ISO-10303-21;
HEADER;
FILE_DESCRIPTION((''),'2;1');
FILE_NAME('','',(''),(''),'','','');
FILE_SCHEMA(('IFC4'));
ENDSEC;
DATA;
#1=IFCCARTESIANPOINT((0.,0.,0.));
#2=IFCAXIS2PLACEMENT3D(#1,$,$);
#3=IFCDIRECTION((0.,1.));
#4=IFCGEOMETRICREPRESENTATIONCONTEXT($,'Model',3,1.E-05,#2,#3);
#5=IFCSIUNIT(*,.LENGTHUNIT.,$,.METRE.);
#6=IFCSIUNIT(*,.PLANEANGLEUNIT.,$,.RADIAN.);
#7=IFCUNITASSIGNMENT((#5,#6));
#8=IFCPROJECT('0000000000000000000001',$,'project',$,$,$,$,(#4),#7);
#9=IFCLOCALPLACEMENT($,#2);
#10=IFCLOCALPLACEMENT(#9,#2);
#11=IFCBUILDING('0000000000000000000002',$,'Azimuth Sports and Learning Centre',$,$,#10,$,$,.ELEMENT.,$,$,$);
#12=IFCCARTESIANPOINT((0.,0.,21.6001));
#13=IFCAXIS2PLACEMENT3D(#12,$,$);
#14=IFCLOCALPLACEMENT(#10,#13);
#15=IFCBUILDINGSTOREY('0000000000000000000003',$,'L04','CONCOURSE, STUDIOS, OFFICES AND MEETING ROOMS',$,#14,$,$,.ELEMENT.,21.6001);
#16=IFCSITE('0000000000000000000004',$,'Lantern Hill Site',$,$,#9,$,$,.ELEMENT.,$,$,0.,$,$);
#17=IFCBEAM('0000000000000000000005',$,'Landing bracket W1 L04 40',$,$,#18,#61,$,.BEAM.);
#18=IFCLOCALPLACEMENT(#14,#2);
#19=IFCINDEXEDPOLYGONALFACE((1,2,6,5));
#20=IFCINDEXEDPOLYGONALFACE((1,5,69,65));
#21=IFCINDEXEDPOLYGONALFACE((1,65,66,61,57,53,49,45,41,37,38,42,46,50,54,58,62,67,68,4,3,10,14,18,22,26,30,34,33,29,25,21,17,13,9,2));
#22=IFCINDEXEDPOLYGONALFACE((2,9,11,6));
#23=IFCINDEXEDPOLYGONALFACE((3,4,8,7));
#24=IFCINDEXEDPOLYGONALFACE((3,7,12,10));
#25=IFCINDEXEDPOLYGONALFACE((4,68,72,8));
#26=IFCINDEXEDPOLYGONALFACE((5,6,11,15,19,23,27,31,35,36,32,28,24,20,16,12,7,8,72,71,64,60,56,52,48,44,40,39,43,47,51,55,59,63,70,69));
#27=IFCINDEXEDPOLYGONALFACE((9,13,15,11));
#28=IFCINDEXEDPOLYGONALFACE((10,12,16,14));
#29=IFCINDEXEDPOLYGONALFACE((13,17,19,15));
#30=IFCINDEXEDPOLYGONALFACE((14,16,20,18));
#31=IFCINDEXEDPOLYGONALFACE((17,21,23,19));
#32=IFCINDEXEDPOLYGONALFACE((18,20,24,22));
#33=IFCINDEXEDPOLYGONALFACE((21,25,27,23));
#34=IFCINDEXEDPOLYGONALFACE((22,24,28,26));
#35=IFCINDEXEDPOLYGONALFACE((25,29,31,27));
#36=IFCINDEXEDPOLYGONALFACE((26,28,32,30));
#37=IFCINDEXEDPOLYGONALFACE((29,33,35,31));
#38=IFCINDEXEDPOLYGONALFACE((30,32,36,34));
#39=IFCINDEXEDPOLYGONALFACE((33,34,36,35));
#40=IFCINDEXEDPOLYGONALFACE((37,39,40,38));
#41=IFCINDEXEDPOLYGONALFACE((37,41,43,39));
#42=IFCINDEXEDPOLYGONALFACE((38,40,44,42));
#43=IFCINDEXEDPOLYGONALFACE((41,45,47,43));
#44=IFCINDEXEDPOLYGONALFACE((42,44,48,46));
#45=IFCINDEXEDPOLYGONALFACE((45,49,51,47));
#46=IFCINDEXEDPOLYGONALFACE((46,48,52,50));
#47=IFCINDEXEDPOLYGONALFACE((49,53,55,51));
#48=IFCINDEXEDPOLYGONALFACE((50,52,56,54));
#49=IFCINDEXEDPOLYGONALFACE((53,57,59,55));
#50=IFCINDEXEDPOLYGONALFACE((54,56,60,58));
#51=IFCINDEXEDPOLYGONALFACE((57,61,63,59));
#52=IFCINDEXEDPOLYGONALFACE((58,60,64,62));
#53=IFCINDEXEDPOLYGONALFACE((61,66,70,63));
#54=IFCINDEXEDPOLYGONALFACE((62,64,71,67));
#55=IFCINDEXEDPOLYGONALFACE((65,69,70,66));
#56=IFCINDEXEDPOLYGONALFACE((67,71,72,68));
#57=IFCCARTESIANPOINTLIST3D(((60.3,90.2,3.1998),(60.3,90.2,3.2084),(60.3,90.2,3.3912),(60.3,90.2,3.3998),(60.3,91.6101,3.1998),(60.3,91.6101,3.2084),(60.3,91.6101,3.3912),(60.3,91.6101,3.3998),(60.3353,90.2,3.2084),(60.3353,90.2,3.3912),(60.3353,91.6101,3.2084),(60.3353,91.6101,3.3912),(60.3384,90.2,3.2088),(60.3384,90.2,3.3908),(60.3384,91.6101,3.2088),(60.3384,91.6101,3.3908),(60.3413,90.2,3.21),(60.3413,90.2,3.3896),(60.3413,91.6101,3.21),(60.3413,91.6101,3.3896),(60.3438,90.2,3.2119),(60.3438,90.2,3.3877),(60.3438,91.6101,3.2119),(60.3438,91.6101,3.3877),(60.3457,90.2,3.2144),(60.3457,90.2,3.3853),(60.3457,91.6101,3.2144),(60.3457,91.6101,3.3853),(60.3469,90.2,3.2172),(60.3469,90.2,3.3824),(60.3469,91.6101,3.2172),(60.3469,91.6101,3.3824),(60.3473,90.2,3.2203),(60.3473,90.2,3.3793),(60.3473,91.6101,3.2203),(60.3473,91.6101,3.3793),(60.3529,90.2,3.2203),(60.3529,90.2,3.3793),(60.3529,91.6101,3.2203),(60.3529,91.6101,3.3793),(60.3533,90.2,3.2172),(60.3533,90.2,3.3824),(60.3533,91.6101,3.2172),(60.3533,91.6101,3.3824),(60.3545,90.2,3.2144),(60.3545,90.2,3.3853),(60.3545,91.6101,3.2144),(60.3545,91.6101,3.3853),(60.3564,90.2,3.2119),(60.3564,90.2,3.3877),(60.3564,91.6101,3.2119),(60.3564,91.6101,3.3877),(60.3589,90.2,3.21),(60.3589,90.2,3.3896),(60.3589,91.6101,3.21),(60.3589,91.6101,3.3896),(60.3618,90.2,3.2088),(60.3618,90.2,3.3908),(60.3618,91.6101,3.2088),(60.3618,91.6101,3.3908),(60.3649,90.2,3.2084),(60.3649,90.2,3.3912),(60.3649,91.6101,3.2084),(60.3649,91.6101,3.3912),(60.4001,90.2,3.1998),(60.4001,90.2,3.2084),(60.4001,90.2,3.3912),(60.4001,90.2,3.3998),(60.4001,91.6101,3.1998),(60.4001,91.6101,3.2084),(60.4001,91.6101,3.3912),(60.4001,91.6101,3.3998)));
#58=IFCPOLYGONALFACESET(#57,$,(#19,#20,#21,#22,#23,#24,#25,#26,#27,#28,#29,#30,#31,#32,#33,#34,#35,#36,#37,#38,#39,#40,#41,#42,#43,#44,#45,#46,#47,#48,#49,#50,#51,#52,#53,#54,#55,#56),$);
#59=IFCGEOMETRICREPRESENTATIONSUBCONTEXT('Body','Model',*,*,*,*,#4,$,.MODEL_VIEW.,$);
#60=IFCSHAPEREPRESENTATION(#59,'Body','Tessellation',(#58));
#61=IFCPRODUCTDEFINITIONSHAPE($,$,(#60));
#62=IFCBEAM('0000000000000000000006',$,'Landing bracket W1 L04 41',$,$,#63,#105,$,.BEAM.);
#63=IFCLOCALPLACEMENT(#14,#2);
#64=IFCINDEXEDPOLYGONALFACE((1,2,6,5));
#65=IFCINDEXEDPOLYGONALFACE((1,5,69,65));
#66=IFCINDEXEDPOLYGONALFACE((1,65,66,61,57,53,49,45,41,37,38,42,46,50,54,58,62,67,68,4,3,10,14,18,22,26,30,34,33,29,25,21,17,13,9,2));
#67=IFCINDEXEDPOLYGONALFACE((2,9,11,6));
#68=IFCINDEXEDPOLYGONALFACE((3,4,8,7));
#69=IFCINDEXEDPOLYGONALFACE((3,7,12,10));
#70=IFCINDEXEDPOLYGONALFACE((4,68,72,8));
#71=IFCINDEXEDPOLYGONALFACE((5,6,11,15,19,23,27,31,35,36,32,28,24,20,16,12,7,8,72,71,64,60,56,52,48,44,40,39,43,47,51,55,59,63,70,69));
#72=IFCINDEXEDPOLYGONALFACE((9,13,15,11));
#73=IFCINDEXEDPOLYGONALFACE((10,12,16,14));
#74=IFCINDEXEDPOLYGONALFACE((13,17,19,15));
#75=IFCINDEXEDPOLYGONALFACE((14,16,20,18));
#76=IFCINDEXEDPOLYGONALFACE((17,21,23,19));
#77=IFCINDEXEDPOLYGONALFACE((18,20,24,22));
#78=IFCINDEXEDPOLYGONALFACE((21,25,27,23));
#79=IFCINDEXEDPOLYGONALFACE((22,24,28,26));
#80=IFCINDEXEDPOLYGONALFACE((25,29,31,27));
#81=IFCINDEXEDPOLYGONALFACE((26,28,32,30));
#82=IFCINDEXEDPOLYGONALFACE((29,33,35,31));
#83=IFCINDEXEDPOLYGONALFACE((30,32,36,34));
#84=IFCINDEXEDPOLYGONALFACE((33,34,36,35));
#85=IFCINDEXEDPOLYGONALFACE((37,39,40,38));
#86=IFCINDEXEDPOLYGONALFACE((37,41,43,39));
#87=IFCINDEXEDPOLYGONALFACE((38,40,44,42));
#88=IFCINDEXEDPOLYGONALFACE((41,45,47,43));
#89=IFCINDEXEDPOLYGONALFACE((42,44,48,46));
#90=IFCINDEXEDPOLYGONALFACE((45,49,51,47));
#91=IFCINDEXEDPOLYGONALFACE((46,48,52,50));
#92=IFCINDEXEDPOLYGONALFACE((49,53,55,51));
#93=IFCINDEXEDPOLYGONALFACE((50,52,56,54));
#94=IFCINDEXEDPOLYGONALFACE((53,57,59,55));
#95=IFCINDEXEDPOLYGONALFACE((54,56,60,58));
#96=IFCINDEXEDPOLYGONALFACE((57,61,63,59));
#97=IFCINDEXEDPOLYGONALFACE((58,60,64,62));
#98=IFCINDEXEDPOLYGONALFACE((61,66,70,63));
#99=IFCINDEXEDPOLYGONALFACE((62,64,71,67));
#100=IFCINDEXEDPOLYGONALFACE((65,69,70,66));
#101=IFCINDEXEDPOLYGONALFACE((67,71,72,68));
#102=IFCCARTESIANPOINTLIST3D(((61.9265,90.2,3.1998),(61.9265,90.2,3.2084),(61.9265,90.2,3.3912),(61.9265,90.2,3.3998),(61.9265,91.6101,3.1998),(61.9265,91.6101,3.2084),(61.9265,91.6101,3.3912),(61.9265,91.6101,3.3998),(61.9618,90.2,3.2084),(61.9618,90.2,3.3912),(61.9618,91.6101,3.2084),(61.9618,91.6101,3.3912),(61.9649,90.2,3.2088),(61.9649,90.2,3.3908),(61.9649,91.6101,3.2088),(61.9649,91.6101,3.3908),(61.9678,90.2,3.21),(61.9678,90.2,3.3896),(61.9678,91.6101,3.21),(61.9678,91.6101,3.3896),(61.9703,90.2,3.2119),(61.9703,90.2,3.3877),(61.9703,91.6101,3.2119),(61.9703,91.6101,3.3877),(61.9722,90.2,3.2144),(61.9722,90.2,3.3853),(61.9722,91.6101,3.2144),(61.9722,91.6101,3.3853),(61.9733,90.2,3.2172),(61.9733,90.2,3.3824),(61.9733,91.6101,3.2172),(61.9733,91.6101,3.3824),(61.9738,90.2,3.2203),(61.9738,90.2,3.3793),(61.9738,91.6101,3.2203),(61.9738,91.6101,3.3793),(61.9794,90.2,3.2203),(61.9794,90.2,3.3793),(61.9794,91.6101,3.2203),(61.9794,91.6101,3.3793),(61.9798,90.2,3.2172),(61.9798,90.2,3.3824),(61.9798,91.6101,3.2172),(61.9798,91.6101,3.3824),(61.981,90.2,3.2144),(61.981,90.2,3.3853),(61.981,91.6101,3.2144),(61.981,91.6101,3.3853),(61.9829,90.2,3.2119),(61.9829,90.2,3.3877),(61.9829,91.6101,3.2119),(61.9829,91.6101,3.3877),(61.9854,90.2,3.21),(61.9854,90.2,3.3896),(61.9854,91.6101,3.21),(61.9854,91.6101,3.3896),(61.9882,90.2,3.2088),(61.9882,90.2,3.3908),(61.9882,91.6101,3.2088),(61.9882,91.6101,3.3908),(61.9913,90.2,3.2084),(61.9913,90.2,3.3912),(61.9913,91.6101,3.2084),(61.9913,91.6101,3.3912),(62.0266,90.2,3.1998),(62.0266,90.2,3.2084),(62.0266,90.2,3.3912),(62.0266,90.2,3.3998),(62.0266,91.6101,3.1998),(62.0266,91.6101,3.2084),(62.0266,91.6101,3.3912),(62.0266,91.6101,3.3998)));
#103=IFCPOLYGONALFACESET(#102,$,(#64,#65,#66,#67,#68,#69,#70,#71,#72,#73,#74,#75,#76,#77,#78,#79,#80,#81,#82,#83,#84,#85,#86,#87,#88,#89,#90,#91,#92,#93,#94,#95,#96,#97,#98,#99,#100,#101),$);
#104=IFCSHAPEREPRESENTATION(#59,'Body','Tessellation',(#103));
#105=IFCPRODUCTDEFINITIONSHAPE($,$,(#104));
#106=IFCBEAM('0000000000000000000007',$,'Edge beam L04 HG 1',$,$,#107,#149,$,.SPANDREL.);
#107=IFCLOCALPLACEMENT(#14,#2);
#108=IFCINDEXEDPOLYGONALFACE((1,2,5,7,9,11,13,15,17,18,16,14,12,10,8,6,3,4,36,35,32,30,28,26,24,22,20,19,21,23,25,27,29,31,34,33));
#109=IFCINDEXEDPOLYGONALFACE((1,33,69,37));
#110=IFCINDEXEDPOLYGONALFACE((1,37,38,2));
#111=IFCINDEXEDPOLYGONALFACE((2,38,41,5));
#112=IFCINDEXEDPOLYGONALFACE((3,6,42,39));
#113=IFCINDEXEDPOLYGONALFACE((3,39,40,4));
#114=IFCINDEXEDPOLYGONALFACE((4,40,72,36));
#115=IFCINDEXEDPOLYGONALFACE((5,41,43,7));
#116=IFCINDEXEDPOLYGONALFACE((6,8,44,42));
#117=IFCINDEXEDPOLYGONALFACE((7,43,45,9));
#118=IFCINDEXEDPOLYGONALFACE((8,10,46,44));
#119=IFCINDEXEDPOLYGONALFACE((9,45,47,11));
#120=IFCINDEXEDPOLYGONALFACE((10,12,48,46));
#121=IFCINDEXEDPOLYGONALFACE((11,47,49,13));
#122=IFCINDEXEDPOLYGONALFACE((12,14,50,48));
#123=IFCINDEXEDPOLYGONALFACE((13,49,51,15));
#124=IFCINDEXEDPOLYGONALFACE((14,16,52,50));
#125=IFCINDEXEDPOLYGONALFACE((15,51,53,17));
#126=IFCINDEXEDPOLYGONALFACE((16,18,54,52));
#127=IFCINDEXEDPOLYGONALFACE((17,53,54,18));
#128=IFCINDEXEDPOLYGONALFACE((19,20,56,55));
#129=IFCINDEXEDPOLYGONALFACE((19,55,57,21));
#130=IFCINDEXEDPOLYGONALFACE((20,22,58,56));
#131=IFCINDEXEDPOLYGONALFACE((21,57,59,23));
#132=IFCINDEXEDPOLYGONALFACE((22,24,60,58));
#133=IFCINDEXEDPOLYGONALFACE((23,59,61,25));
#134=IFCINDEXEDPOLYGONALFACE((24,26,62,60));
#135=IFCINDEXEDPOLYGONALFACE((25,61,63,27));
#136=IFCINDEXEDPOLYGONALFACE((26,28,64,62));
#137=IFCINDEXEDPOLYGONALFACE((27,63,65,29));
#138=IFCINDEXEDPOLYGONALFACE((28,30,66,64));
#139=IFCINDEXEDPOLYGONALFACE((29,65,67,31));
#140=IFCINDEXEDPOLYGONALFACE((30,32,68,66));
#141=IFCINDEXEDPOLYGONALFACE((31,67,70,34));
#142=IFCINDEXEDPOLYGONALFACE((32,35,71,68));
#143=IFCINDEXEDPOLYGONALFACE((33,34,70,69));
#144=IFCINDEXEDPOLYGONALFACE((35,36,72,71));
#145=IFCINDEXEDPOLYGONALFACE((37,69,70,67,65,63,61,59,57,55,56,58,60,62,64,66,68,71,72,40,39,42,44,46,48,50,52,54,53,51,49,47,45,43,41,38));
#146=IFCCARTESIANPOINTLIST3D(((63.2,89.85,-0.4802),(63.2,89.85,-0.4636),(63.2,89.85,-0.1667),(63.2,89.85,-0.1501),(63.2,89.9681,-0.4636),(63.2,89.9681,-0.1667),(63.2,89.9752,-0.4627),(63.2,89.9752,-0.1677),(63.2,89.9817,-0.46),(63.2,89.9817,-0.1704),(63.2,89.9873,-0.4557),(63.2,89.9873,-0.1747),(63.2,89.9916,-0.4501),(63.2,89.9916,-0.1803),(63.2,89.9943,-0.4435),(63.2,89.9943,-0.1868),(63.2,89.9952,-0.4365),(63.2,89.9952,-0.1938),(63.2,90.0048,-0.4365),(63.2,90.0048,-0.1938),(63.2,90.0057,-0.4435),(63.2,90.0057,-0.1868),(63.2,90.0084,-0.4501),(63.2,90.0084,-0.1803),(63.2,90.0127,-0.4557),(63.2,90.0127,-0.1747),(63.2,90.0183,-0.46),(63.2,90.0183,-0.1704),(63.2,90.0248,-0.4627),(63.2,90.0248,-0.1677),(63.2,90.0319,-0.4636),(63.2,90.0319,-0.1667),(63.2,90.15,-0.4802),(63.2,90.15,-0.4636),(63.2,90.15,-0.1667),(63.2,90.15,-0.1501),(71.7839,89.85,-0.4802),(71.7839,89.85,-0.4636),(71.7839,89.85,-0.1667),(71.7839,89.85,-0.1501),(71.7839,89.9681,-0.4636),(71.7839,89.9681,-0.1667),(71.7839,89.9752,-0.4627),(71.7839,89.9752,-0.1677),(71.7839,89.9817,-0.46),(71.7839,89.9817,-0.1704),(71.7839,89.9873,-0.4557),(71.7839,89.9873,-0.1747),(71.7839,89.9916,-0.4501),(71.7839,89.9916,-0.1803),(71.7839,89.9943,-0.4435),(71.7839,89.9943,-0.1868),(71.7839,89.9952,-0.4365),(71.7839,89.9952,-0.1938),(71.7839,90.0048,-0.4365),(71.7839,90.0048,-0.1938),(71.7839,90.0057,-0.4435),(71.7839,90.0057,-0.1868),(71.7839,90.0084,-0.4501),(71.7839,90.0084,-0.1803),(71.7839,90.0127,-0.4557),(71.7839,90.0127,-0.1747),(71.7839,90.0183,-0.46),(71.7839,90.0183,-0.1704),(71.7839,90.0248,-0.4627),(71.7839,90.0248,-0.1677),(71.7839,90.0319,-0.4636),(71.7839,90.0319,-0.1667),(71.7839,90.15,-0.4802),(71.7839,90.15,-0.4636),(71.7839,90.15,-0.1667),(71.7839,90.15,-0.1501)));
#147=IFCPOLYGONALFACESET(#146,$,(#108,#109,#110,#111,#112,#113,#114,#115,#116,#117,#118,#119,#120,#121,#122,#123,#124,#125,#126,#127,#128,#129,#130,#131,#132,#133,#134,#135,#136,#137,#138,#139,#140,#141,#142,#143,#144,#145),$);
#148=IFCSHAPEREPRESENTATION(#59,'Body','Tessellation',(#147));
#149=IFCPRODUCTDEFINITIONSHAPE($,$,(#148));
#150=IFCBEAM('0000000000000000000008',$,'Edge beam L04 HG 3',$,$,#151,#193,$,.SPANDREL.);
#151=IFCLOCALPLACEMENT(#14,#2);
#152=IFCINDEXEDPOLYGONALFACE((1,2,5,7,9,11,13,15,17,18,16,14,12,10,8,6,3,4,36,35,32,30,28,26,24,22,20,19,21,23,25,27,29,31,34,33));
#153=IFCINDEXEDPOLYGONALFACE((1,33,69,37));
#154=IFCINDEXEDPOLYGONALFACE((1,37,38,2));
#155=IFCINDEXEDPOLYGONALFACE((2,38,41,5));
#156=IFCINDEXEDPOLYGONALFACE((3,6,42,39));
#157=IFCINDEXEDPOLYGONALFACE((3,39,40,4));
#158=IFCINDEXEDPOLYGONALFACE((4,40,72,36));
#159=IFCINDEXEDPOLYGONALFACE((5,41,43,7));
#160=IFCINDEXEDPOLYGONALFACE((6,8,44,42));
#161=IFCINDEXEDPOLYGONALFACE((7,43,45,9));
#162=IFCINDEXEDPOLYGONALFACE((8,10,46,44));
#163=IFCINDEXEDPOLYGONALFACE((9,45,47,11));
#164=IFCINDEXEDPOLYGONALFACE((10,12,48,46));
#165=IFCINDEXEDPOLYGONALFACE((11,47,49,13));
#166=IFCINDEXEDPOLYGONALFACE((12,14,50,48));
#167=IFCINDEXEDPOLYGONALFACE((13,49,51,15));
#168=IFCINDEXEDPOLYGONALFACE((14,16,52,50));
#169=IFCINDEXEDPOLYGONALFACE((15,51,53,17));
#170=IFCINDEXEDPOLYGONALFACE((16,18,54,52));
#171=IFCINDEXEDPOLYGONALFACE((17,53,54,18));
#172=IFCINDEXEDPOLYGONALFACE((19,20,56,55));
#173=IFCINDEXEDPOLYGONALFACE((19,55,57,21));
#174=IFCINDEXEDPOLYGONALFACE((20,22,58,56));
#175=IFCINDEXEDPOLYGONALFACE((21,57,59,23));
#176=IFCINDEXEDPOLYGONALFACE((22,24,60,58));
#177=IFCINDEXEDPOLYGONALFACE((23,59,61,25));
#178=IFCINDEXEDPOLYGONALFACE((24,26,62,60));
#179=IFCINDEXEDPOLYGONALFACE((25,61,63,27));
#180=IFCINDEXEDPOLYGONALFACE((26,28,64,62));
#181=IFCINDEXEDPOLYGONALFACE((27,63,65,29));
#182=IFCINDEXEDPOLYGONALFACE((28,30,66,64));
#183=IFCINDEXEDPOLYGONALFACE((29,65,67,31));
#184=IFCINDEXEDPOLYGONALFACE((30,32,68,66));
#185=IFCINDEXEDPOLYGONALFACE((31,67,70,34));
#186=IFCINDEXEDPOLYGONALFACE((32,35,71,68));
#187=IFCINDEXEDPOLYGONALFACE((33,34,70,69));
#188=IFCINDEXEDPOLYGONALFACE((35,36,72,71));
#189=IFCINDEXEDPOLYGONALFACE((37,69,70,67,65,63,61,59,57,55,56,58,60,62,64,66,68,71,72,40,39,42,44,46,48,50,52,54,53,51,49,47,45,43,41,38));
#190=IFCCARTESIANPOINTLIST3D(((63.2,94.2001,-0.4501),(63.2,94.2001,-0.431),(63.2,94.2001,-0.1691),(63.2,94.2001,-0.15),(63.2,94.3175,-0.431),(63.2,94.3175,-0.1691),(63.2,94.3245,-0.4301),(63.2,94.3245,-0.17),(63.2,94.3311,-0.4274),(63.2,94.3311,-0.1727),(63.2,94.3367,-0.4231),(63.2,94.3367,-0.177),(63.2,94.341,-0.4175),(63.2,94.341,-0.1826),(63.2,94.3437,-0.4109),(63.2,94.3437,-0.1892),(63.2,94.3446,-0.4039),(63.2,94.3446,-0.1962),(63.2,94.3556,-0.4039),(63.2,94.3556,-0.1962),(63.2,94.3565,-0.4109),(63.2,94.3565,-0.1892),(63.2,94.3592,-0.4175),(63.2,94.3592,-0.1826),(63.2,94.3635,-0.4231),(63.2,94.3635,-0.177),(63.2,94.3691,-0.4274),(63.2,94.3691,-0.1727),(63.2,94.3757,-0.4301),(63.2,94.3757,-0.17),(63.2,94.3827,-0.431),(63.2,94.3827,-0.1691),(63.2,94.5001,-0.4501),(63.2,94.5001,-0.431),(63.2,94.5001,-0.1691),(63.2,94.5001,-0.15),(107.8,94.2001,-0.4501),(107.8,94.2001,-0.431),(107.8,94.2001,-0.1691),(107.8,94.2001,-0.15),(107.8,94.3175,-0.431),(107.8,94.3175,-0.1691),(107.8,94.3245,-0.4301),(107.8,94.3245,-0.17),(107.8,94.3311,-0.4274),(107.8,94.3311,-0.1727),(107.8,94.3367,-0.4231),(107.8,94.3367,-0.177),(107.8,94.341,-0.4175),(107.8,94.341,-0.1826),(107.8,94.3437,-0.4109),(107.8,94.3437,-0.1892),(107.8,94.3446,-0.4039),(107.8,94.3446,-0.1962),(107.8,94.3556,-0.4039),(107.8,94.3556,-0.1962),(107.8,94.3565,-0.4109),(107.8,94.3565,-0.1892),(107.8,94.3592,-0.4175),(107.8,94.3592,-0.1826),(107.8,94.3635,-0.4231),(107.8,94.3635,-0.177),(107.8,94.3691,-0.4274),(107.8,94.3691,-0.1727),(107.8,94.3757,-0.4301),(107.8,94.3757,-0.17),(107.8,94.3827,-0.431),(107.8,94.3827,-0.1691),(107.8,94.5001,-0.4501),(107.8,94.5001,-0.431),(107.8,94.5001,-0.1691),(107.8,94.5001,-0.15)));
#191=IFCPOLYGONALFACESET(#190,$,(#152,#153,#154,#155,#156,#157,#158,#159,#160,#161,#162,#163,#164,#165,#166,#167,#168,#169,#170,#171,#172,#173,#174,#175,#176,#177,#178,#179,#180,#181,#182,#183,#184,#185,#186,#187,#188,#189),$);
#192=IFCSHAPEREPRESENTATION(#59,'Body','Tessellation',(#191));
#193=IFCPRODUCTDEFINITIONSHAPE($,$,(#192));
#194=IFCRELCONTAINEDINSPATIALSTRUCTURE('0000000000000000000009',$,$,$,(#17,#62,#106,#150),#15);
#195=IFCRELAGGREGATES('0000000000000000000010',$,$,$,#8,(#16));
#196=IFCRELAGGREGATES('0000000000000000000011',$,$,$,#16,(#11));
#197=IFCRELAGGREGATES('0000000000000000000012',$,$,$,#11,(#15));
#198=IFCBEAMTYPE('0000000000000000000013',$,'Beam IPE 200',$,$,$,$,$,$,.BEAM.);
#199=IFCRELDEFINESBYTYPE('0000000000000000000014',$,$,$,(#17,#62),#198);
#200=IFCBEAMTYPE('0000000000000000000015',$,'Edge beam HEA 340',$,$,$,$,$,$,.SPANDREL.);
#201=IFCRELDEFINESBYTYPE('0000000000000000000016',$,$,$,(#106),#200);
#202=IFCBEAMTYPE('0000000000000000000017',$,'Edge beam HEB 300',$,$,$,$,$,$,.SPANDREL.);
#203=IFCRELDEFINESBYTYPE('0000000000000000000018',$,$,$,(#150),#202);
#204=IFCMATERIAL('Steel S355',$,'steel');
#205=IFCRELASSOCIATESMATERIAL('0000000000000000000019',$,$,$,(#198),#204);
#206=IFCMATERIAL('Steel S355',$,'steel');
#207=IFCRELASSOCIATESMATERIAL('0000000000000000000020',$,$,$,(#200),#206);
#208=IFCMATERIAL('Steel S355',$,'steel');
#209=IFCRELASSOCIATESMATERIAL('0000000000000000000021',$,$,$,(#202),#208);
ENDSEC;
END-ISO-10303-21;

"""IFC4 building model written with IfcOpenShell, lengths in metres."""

from ifc_helpers import new_model, si_unit, direction, frame, origin, origin_2d, place, context, subcontext, project, spatial, i_section, extrude, material, material_profile, profile_set, type_object, element, save


model = new_model("IFC4")

# Units and contexts
model_context = context("Model", 3, precision=1e-05, world=origin(), true_north=direction((0.0, 1.0)))
body_context = subcontext(model_context, "Body", "Model", "MODEL_VIEW")
ifc_project = project(units=[si_unit("LENGTHUNIT", "METRE"), si_unit("PLANEANGLEUNIT", "RADIAN")], contexts=[model_context])

# Site, building, storey
site_placement = place(None, origin())
site = spatial("IfcSite", under=ifc_project, at=site_placement, Name="Lantern Hill Site", CompositionType="ELEMENT", RefElevation=0.0)
building_placement = place(site_placement, origin())
building = spatial("IfcBuilding", under=site, at=building_placement, Name="Azimuth Sports and Learning Centre", CompositionType="ELEMENT")
storey_placement = place(building_placement, frame((0.0, 0.0, 21.6001)))
storey = spatial("IfcBuildingStorey", under=building, at=storey_placement, Name="L04", Description="CONCOURSE, STUDIOS, OFFICES AND MEETING ROOMS", CompositionType="ELEMENT", Elevation=21.6001)

# Beams
ifc_material_1 = material(Name="Steel S355", Category="steel")
ifc_material_profile_1 = material_profile(ifc_material_1, i_section(OverallWidth=0.1001, OverallDepth=0.2, WebThickness=0.0056, FlangeThickness=0.0085, FilletRadius=0.012, at=origin_2d()), Name="IPE 200")
ifc_profile_set_1 = profile_set([ifc_material_profile_1], Name="Steel S355")
beam_type_1 = type_object("IfcBeamType", Name="Beam IPE 200", PredefinedType="BEAM", material=ifc_profile_set_1)
for number, where, z_axis, x_axis, name in (
    (1, (60.3501, 90.2, 3.2998), (0.0, 1.0, 0.0), (-1.0, 0.0, 0.0), "Landing bracket W1 L04 40"),
    (2, (61.9766, 90.2, 3.2998), (0.0, 1.0, 0.0), (-1.0, 0.0, 0.0), "Landing bracket W1 L04 41"),
):
    element("IfcBeam", number, at=place(storey_placement, frame(where, z_axis=z_axis, x_axis=x_axis)), inside=storey, type_object=beam_type_1, Name=name, PredefinedType="BEAM", context=body_context, shape_type="SweptSolid", body=[
        extrude(i_section(OverallWidth=0.1001, OverallDepth=0.2, WebThickness=0.0056, FlangeThickness=0.0085, FilletRadius=0.012, at=origin_2d()), origin(), (0.0, 0.0, 1.0), 1.4102),
    ])
ifc_material_2 = material(Name="Steel S355", Category="steel")
ifc_material_profile_2 = material_profile(ifc_material_2, i_section(OverallWidth=0.3, OverallDepth=0.3301, WebThickness=0.0095, FlangeThickness=0.0166, FilletRadius=0.0271, at=origin_2d()), Name="HEA 340")
ifc_profile_set_2 = profile_set([ifc_material_profile_2], Name="Steel S355")
beam_type_2 = type_object("IfcBeamType", Name="Edge beam HEA 340", PredefinedType="SPANDREL", material=ifc_profile_set_2)
beam_1_placement = place(storey_placement, frame((63.2, 90.0, -0.3152), z_axis=(1.0, 0.0, 0.0), x_axis=(0.0, 1.0, 0.0)))
element("IfcBeam", 3, at=beam_1_placement, inside=storey, type_object=beam_type_2, Name="Edge beam L04 HG 1", PredefinedType="SPANDREL", context=body_context, shape_type="SweptSolid", body=[
    extrude(i_section(OverallWidth=0.3, OverallDepth=0.3301, WebThickness=0.0095, FlangeThickness=0.0166, FilletRadius=0.0271, at=origin_2d()), origin(), (0.0, 0.0, 1.0), 8.584),
])
ifc_material_3 = material(Name="Steel S355", Category="steel")
ifc_material_profile_3 = material_profile(ifc_material_3, i_section(OverallWidth=0.3, OverallDepth=0.3, WebThickness=0.011, FlangeThickness=0.019, FilletRadius=0.0271, at=origin_2d()), Name="HEB 300")
ifc_profile_set_3 = profile_set([ifc_material_profile_3], Name="Steel S355")
beam_type_3 = type_object("IfcBeamType", Name="Edge beam HEB 300", PredefinedType="SPANDREL", material=ifc_profile_set_3)
beam_2_placement = place(storey_placement, frame((63.2, 94.3501, -0.3), z_axis=(1.0, 0.0, 0.0), x_axis=(0.0, 1.0, 0.0)))
element("IfcBeam", 4, at=beam_2_placement, inside=storey, type_object=beam_type_3, Name="Edge beam L04 HG 3", PredefinedType="SPANDREL", context=body_context, shape_type="SweptSolid", body=[
    extrude(i_section(OverallWidth=0.3, OverallDepth=0.3, WebThickness=0.011, FlangeThickness=0.019, FilletRadius=0.0271, at=origin_2d()), origin(), (0.0, 0.0, 1.0), 44.6001),
])

save(model, "model.ifc")
